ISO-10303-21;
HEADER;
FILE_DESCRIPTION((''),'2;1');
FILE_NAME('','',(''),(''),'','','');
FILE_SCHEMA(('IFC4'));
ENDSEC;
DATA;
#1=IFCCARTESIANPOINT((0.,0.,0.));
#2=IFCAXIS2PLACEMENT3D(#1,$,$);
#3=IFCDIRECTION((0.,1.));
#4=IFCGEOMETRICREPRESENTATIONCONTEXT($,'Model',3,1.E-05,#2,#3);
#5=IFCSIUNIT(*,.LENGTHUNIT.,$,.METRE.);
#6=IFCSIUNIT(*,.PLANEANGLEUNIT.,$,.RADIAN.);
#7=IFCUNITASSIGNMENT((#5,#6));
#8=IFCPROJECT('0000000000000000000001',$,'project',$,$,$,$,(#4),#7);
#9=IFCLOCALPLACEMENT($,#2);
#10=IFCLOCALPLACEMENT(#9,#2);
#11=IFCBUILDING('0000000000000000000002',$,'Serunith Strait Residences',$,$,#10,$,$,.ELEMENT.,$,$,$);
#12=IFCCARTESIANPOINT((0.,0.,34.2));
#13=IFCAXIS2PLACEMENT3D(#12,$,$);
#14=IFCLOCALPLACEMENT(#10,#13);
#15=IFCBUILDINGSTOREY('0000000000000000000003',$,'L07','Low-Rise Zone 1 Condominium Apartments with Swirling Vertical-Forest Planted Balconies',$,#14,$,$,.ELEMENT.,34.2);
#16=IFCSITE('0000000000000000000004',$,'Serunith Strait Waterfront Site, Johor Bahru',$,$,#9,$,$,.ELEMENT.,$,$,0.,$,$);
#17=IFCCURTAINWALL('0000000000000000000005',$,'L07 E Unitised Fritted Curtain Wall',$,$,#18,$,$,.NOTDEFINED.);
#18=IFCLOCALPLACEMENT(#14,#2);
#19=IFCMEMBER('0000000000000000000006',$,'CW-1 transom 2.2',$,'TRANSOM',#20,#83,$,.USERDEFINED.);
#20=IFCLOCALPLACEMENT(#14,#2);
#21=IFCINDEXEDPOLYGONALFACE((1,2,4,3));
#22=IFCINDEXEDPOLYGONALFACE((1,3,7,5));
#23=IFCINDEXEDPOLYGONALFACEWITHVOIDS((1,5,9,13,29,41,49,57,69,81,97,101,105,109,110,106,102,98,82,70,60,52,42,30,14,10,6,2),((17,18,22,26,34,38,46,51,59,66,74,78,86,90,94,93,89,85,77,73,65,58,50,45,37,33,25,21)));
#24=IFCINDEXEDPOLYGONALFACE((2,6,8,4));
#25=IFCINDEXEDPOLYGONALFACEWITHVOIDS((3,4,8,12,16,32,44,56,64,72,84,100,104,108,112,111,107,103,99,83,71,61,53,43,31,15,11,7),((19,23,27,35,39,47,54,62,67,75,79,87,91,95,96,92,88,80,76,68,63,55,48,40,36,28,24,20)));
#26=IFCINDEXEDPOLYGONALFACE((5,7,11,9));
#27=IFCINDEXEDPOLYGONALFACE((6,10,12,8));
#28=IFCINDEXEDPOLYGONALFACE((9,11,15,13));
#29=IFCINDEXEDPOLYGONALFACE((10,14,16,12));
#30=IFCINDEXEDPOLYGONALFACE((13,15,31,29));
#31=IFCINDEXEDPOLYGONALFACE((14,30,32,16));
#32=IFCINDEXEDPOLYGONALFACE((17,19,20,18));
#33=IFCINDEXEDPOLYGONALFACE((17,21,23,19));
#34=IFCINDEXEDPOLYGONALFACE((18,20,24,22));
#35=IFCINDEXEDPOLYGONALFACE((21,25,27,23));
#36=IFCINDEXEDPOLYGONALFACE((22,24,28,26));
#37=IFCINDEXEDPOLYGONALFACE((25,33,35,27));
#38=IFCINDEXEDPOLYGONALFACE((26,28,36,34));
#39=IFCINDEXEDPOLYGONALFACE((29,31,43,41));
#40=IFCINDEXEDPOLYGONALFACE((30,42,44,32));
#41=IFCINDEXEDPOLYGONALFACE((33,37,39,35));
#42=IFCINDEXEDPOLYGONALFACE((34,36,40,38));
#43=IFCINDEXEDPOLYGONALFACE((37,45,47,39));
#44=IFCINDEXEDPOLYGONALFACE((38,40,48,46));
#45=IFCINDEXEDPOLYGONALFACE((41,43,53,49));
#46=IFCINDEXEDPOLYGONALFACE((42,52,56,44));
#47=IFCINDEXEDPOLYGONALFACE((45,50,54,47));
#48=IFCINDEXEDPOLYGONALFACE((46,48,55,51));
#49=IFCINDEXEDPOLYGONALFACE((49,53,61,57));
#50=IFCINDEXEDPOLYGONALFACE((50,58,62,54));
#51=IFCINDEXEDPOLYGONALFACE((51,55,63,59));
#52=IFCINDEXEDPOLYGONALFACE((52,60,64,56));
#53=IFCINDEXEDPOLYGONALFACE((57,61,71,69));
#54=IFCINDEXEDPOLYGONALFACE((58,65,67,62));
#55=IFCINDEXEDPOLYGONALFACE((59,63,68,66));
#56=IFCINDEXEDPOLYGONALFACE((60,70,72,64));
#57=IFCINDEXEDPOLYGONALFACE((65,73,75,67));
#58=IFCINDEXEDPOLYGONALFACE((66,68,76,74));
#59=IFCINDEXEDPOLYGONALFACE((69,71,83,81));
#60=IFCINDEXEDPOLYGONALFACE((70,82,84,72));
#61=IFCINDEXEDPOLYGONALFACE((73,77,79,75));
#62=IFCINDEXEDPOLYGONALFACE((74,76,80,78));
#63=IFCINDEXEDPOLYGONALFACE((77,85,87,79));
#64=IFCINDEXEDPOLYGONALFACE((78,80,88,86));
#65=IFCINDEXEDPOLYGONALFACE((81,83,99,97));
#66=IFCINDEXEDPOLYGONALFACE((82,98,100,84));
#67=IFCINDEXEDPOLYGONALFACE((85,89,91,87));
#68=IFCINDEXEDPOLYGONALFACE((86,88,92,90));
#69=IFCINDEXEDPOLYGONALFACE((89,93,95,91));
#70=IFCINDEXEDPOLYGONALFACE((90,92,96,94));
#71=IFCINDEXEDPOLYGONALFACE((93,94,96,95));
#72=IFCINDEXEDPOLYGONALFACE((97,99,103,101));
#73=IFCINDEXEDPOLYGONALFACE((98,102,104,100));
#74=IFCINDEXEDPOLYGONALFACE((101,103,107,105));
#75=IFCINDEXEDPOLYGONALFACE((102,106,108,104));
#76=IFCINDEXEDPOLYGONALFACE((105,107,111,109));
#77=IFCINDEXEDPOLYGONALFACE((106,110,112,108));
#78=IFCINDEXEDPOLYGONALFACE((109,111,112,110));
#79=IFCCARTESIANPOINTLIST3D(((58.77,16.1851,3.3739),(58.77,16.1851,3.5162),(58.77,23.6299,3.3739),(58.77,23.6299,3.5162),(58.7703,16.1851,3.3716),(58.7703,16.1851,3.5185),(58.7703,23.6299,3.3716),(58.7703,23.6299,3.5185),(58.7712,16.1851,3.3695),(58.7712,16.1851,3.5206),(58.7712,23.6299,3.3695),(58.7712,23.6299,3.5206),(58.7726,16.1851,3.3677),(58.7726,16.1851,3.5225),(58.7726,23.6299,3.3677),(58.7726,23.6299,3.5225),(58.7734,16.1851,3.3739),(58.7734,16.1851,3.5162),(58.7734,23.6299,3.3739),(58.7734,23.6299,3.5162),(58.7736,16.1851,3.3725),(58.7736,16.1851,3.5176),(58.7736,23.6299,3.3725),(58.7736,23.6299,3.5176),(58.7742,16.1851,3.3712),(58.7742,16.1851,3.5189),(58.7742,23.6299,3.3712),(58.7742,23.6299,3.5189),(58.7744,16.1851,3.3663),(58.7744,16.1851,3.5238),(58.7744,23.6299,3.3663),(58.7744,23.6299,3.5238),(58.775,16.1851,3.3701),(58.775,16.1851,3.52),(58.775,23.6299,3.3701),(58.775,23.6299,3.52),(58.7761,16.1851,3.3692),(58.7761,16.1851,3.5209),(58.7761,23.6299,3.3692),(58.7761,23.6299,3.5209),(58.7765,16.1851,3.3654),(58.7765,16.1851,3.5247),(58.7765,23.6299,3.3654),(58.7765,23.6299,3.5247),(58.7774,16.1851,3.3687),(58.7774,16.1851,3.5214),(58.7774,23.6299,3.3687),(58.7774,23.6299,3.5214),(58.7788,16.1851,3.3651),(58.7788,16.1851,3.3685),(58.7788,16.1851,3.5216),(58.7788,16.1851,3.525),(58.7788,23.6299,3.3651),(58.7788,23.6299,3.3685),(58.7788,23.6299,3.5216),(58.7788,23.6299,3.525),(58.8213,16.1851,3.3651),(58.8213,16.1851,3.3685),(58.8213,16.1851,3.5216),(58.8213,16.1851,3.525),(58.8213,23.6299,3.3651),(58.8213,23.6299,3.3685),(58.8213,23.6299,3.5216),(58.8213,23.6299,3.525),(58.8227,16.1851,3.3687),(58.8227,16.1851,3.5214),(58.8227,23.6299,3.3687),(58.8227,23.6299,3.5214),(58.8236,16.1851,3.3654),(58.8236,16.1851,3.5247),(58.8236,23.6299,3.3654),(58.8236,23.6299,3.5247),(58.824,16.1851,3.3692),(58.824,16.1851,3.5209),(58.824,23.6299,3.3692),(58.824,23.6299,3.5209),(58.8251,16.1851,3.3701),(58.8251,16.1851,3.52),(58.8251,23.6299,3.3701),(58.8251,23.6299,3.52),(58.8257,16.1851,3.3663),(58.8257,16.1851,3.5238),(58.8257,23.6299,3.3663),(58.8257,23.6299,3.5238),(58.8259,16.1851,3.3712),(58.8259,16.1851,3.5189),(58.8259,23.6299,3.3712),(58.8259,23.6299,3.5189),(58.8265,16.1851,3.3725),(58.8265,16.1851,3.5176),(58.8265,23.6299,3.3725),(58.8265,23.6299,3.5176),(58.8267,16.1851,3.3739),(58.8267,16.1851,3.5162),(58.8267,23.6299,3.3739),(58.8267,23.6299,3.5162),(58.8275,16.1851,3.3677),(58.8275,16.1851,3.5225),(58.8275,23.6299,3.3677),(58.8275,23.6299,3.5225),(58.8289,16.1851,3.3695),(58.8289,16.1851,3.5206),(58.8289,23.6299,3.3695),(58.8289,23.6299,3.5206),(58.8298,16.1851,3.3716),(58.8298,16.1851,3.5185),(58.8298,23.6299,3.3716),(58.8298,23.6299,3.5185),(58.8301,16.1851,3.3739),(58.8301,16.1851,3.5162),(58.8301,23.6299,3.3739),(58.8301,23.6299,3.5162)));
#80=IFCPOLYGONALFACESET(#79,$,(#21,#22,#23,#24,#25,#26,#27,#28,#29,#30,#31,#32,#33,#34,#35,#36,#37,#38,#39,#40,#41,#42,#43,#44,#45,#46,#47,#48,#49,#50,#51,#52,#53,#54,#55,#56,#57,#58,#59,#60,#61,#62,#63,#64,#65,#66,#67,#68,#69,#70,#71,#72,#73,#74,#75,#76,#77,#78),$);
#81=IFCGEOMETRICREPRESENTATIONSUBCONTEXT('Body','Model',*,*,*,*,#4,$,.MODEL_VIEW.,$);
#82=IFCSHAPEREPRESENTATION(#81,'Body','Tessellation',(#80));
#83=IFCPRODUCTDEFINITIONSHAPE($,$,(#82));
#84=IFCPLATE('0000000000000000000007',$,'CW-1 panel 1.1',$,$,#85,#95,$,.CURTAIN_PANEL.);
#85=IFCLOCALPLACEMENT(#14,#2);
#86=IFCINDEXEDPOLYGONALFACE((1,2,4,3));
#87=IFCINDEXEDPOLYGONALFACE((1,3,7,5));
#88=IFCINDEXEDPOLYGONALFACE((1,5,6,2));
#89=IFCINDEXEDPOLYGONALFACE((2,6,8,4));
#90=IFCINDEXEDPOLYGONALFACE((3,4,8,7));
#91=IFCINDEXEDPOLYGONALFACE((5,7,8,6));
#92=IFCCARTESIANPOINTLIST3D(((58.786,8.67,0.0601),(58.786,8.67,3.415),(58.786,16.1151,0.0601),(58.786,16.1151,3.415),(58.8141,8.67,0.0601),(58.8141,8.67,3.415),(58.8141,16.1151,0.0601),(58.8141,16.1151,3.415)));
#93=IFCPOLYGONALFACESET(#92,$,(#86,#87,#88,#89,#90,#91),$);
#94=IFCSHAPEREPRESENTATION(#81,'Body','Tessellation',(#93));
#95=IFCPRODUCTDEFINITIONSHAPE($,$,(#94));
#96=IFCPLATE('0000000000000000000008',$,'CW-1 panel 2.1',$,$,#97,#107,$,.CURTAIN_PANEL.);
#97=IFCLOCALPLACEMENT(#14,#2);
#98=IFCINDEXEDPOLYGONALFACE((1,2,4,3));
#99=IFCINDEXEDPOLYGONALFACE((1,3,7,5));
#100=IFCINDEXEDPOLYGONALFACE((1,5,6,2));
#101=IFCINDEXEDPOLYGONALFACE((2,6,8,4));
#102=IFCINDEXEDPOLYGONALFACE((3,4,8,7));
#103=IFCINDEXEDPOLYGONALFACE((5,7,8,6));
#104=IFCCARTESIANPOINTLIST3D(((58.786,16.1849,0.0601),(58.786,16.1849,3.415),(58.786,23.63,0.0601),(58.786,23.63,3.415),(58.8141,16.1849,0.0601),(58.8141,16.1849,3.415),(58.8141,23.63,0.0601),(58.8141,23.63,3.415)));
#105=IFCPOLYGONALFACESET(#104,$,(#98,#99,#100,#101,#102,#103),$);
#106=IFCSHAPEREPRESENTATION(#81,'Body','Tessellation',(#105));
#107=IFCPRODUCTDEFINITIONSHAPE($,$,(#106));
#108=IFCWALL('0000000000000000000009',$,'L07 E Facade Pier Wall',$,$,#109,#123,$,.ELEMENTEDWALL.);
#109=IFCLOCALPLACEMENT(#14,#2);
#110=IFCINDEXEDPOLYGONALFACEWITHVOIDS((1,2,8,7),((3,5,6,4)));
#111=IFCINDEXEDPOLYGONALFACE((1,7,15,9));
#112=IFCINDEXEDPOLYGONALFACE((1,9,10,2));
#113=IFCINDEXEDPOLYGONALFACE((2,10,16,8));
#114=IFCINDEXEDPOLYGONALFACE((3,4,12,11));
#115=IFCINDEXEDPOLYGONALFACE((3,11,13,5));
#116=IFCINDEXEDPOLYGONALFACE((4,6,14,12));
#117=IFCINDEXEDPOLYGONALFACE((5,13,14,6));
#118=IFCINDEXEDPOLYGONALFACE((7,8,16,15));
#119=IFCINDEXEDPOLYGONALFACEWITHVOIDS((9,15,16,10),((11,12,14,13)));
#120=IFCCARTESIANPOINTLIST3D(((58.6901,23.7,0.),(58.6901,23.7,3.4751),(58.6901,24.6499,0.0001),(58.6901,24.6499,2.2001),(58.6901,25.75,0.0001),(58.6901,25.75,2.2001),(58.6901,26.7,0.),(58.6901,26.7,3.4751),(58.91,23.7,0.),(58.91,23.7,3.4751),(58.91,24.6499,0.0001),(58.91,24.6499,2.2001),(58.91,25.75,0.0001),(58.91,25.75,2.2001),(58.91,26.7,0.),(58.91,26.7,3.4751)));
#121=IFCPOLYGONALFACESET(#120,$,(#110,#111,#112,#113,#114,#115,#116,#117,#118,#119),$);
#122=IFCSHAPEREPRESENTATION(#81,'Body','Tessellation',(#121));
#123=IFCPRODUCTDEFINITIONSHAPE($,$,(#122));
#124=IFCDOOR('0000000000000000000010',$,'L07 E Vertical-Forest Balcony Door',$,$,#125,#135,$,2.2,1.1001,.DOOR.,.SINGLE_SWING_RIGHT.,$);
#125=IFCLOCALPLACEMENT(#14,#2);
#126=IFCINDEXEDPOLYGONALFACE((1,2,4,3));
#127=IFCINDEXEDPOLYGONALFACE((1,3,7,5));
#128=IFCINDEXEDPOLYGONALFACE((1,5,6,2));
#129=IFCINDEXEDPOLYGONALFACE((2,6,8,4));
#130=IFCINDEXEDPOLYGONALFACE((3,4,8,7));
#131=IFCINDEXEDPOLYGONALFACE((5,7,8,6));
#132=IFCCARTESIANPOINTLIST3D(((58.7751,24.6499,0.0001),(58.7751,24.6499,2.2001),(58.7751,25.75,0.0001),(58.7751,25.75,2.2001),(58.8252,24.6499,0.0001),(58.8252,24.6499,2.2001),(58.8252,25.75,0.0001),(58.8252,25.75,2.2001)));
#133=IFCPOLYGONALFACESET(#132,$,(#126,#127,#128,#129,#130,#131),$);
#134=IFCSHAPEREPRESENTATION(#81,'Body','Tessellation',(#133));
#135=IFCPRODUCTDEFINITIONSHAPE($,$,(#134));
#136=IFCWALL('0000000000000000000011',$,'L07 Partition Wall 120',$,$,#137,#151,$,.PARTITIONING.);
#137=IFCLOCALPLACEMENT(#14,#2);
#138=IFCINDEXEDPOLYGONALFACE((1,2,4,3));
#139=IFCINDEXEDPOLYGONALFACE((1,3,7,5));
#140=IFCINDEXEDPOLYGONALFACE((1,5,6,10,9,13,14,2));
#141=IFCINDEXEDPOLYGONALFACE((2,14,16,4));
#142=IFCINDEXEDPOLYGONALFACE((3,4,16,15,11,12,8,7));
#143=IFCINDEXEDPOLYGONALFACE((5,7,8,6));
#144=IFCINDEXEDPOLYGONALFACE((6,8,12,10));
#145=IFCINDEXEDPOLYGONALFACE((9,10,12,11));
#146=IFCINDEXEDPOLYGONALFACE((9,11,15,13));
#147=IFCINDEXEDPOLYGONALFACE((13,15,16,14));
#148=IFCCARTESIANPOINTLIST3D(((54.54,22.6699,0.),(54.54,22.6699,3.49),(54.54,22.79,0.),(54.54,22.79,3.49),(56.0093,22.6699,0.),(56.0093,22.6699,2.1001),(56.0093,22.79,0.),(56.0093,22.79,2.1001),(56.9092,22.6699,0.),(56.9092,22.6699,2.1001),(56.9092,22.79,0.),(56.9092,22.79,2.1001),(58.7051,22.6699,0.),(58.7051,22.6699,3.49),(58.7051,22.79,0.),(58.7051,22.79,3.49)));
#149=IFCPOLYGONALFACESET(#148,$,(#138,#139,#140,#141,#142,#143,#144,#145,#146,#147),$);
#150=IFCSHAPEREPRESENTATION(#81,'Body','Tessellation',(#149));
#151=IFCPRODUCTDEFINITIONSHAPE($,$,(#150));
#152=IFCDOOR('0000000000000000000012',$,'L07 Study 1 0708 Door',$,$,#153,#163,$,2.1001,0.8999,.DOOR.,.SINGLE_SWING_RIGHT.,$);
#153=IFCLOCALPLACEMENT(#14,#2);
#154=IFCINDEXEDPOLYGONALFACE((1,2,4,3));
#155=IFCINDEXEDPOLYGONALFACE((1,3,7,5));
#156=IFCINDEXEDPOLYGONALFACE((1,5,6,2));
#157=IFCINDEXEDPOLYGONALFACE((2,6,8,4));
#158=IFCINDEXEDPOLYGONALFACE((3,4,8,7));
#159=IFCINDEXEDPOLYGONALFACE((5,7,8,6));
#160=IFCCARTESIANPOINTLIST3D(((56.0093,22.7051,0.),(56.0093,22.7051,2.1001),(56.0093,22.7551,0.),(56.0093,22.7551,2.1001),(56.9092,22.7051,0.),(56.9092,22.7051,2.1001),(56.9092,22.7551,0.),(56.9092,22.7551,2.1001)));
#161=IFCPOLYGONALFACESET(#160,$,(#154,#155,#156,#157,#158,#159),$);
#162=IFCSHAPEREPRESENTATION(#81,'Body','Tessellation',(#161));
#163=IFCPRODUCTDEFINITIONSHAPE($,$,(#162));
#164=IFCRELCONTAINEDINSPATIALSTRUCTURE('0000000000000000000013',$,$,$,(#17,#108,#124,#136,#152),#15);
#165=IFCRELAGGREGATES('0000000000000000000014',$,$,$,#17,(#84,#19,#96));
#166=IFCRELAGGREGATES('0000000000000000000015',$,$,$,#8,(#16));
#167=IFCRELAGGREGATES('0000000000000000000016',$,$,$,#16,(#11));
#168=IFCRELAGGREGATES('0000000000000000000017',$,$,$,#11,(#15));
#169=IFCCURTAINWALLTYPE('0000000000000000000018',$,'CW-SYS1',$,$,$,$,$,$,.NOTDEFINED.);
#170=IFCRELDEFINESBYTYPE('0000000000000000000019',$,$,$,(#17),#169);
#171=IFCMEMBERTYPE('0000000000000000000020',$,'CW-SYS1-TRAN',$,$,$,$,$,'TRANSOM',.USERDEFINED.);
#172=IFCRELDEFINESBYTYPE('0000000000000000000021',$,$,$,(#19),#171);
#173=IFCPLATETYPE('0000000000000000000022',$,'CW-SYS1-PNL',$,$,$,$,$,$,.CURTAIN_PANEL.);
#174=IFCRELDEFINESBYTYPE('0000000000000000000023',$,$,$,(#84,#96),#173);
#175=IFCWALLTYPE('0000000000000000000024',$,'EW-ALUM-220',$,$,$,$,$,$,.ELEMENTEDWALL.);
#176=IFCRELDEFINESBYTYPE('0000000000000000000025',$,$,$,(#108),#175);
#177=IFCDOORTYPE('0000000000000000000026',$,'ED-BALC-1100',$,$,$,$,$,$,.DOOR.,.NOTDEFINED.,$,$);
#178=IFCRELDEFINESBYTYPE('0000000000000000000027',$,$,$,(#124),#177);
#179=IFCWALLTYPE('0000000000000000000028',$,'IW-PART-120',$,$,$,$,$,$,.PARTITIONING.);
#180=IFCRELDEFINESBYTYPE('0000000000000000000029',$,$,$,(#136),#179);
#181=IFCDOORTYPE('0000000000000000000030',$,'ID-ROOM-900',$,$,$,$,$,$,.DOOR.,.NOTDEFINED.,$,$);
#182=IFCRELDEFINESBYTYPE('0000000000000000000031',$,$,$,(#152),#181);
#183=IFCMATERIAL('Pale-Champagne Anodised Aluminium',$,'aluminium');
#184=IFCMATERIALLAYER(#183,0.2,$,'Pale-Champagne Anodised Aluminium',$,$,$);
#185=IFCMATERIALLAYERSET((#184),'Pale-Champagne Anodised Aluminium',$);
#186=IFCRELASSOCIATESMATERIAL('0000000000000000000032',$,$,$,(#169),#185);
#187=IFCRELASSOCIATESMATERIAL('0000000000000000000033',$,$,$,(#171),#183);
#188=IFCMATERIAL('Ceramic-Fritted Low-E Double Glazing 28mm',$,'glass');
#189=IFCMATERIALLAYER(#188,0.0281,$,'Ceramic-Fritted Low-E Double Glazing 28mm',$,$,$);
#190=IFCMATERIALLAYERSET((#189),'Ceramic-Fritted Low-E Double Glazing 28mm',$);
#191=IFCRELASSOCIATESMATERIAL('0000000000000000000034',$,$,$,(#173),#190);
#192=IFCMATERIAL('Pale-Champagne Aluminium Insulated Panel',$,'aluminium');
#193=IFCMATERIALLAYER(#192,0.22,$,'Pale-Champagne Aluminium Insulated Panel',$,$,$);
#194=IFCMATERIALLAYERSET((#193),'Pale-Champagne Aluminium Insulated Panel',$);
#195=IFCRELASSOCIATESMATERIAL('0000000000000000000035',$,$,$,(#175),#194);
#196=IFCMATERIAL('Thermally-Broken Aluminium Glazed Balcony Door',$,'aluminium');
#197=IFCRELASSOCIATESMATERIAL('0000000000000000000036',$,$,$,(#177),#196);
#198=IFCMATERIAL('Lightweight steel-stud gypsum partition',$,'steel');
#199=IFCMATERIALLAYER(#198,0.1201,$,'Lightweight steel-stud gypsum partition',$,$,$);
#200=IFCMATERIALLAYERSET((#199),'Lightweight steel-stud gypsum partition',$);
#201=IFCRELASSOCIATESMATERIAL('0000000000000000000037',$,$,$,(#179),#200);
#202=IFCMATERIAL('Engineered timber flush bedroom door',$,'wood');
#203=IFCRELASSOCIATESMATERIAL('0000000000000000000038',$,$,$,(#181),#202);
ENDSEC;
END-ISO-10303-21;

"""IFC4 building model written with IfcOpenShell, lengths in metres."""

from ifc_helpers import new_model, si_unit, direction, frame, frame_2d, origin, origin_2d, place, context, subcontext, project, spatial, rectangle, hollow_rectangle, extrude, source, transform, mapped, material, layer, layer_set, material_profile, profile_set, type_object, element, fill, aggregate, save


model = new_model("IFC4")

# Units and contexts
model_context = context("Model", 3, precision=1e-05, world=origin(), true_north=direction((0.0, 1.0)))
body_context = subcontext(model_context, "Body", "Model", "MODEL_VIEW")
ifc_project = project(units=[si_unit("LENGTHUNIT", "METRE"), si_unit("PLANEANGLEUNIT", "RADIAN")], contexts=[model_context])

# Site, building, storey
site_placement = place(None, origin())
site = spatial("IfcSite", under=ifc_project, at=site_placement, Name="Serunith Strait Waterfront Site, Johor Bahru", CompositionType="ELEMENT", RefElevation=0.0)
building_placement = place(site_placement, origin())
building = spatial("IfcBuilding", under=site, at=building_placement, Name="Serunith Strait Residences", CompositionType="ELEMENT")
storey_placement = place(building_placement, frame((0.0, 0.0, 34.2)))
storey = spatial("IfcBuildingStorey", under=building, at=storey_placement, Name="L07", Description="Low-Rise Zone 1 Condominium Apartments with Swirling Vertical-Forest Planted Balconies", CompositionType="ELEMENT", Elevation=34.2)

# Curtain wall, member, plates
ifc_material_1 = material(Name="Pale-Champagne Anodised Aluminium", Category="aluminium")
ifc_layer_1 = layer(ifc_material_1, 0.2, Name="Pale-Champagne Anodised Aluminium")
ifc_layer_set_1 = layer_set([ifc_layer_1], Name="Pale-Champagne Anodised Aluminium")
curtain_wall_type = type_object("IfcCurtainWallType", Name="CW-SYS1", PredefinedType="NOTDEFINED", material=ifc_layer_set_1)
curtain_wall_placement = place(storey_placement, origin())
curtain_wall = element("IfcCurtainWall", 1, at=curtain_wall_placement, inside=storey, type_object=curtain_wall_type, Name="L07 E Unitised Fritted Curtain Wall", PredefinedType="NOTDEFINED")
ifc_material_profile_1 = material_profile(ifc_material_1, hollow_rectangle(XDim=0.0601, YDim=0.1599, WallThickness=0.0034, InnerFilletRadius=0.0054, OuterFilletRadius=0.0088, at=origin_2d()), Name="ALU 160x60x3.5")
ifc_profile_set_1 = profile_set([ifc_material_profile_1], Name="Pale-Champagne Anodised Aluminium")
member_type_1 = type_object("IfcMemberType", Name="CW-SYS1-TRAN", ElementType="TRANSOM", PredefinedType="USERDEFINED", material=ifc_profile_set_1)
shared_shape_1 = source(origin(), body_context, "Body", "SweptSolid", [
    extrude(hollow_rectangle(XDim=0.0601, YDim=0.1599, WallThickness=0.0034, InnerFilletRadius=0.0054, OuterFilletRadius=0.0088, at=origin_2d()), origin(), (0.0, 0.0, 1.0), 7.4448),
])
member_1_placement = place(storey_placement, frame((58.8, 16.1851, 3.4451), z_axis=(0.0, 1.0, 0.0), x_axis=(-1.0, 0.0, 0.0)))
member_1 = element("IfcMember", 2, at=member_1_placement, type_object=member_type_1, Name="CW-1 transom 2.2", ObjectType="TRANSOM", PredefinedType="USERDEFINED", context=body_context, shape_type="MappedRepresentation", body=[
    mapped(shared_shape_1, transform((0.0, 0.0, 0.0), scale=1.0)),
])
ifc_material_2 = material(Name="Ceramic-Fritted Low-E Double Glazing 28mm", Category="glass")
ifc_layer_2 = layer(ifc_material_2, 0.0281, Name="Ceramic-Fritted Low-E Double Glazing 28mm")
ifc_layer_set_2 = layer_set([ifc_layer_2], Name="Ceramic-Fritted Low-E Double Glazing 28mm")
plate_type = type_object("IfcPlateType", Name="CW-SYS1-PNL", PredefinedType="CURTAIN_PANEL", material=ifc_layer_set_2)
shared_shape_2 = source(origin(), body_context, "Body", "SweptSolid", [
    extrude(rectangle(XDim=7.4451, YDim=0.0281, at=origin_2d()), origin(), (0.0, 0.0, 1.0), 3.355),
])
plate_1_placement = place(storey_placement, frame((58.8, 12.3926, 0.0601), z_axis=(0.0, 0.0, 1.0), x_axis=(0.0, 1.0, 0.0)))
plate_1 = element("IfcPlate", 3, at=plate_1_placement, type_object=plate_type, Name="CW-1 panel 1.1", PredefinedType="CURTAIN_PANEL", context=body_context, shape_type="MappedRepresentation", body=[
    mapped(shared_shape_2, transform((0.0, 0.0, 0.0), scale=1.0)),
])
plate_2_placement = place(storey_placement, frame((58.8, 19.9075, 0.0601), z_axis=(0.0, 0.0, 1.0), x_axis=(0.0, 1.0, 0.0)))
plate_2 = element("IfcPlate", 4, at=plate_2_placement, type_object=plate_type, Name="CW-1 panel 2.1", PredefinedType="CURTAIN_PANEL", context=body_context, shape_type="MappedRepresentation", body=[
    mapped(shared_shape_2, transform((0.0, 0.0, 0.0), scale=1.0)),
])
aggregate(curtain_wall, [plate_1, member_1, plate_2])

# Walls, openings, doors
ifc_material_3 = material(Name="Pale-Champagne Aluminium Insulated Panel", Category="aluminium")
ifc_layer_3 = layer(ifc_material_3, 0.22, Name="Pale-Champagne Aluminium Insulated Panel")
ifc_layer_set_3 = layer_set([ifc_layer_3], Name="Pale-Champagne Aluminium Insulated Panel")
wall_type_1 = type_object("IfcWallType", Name="EW-ALUM-220", PredefinedType="ELEMENTEDWALL", material=ifc_layer_set_3)
wall_1_placement = place(storey_placement, frame((58.8, 23.7, 0.0), z_axis=(0.0, 0.0, 1.0), x_axis=(0.0, 1.0, 0.0)))
wall_1 = element("IfcWall", 5, at=wall_1_placement, inside=storey, type_object=wall_type_1, Name="L07 E Facade Pier Wall", PredefinedType="ELEMENTEDWALL", context=body_context, shape_type="SweptSolid", body=[
    extrude(rectangle(XDim=3.0, YDim=0.22, at=frame_2d((1.5, 0.0))), origin(), (0.0, 0.0, 1.0), 3.4751),
])
opening_1_placement = place(wall_1_placement, frame((0.95, 0.0, 0.0)))
opening_1 = element("IfcOpeningElement", 6, at=opening_1_placement, cuts=wall_1, PredefinedType="OPENING", context=body_context, shape_type="SweptSolid", body=[
    extrude(rectangle(XDim=1.1001, YDim=2.2, at=frame_2d((0.55, 1.1001))), frame((0.0, 0.1201, 0.0), z_axis=(0.0, -1.0, 0.0), x_axis=(1.0, 0.0, 0.0)), (0.0, 0.0, 1.0), 0.24),
])
ifc_material_4 = material(Name="Thermally-Broken Aluminium Glazed Balcony Door", Category="aluminium")
door_type_1 = type_object("IfcDoorType", Name="ED-BALC-1100", OperationType="NOTDEFINED", PredefinedType="DOOR", material=ifc_material_4)
shared_shape_3 = source(origin(), body_context, "Body", "SweptSolid", [
    extrude(rectangle(XDim=1.1001, YDim=2.2, at=frame_2d((0.55, 1.1001))), frame((0.0, 0.0249, 0.0), z_axis=(0.0, -1.0, 0.0), x_axis=(1.0, 0.0, 0.0)), (0.0, 0.0, 1.0), 0.05),
])
door_1_placement = place(opening_1_placement, origin())
door_1 = element("IfcDoor", 7, at=door_1_placement, inside=storey, type_object=door_type_1, Name="L07 E Vertical-Forest Balcony Door", OperationType="SINGLE_SWING_RIGHT", OverallHeight=2.2, OverallWidth=1.1001, PredefinedType="DOOR", context=body_context, shape_type="MappedRepresentation", body=[
    mapped(shared_shape_3, transform((0.0, 0.0, 0.0), scale=1.0)),
])
fill(opening_1, door_1)
ifc_material_5 = material(Name="Lightweight steel-stud gypsum partition", Category="steel")
ifc_layer_4 = layer(ifc_material_5, 0.1201, Name="Lightweight steel-stud gypsum partition")
ifc_layer_set_4 = layer_set([ifc_layer_4], Name="Lightweight steel-stud gypsum partition")
wall_type_2 = type_object("IfcWallType", Name="IW-PART-120", PredefinedType="PARTITIONING", material=ifc_layer_set_4)
wall_2_placement = place(storey_placement, frame((58.7051, 22.73, 0.0), z_axis=(0.0, 0.0, 1.0), x_axis=(-1.0, 0.0, 0.0)))
wall_2 = element("IfcWall", 8, at=wall_2_placement, inside=storey, type_object=wall_type_2, Name="L07 Partition Wall 120", PredefinedType="PARTITIONING", context=body_context, shape_type="SweptSolid", body=[
    extrude(rectangle(XDim=4.165, YDim=0.1201, at=frame_2d((2.0825, 0.0))), origin(), (0.0, 0.0, 1.0), 3.49),
])
opening_2_placement = place(wall_2_placement, frame((1.7959, 0.0, 0.0)))
opening_2 = element("IfcOpeningElement", 9, at=opening_2_placement, cuts=wall_2, PredefinedType="OPENING", context=body_context, shape_type="SweptSolid", body=[
    extrude(rectangle(XDim=0.8999, YDim=2.1001, at=frame_2d((0.45, 1.05))), frame((0.0, 0.0701, 0.0), z_axis=(0.0, -1.0, 0.0), x_axis=(1.0, 0.0, 0.0)), (0.0, 0.0, 1.0), 0.1401),
])
ifc_material_6 = material(Name="Engineered timber flush bedroom door", Category="wood")
door_type_2 = type_object("IfcDoorType", Name="ID-ROOM-900", OperationType="NOTDEFINED", PredefinedType="DOOR", material=ifc_material_6)
shared_shape_4 = source(origin(), body_context, "Body", "SweptSolid", [
    extrude(rectangle(XDim=0.8999, YDim=2.1001, at=frame_2d((0.45, 1.05))), frame((0.0, 0.0249, 0.0), z_axis=(0.0, -1.0, 0.0), x_axis=(1.0, 0.0, 0.0)), (0.0, 0.0, 1.0), 0.05),
])
door_2_placement = place(opening_2_placement, origin())
door_2 = element("IfcDoor", 10, at=door_2_placement, inside=storey, type_object=door_type_2, Name="L07 Study 1 0708 Door", OperationType="SINGLE_SWING_RIGHT", OverallHeight=2.1001, OverallWidth=0.8999, PredefinedType="DOOR", context=body_context, shape_type="MappedRepresentation", body=[
    mapped(shared_shape_4, transform((0.0, 0.0, 0.0), scale=1.0)),
])
fill(opening_2, door_2)

save(model, "model.ifc")
